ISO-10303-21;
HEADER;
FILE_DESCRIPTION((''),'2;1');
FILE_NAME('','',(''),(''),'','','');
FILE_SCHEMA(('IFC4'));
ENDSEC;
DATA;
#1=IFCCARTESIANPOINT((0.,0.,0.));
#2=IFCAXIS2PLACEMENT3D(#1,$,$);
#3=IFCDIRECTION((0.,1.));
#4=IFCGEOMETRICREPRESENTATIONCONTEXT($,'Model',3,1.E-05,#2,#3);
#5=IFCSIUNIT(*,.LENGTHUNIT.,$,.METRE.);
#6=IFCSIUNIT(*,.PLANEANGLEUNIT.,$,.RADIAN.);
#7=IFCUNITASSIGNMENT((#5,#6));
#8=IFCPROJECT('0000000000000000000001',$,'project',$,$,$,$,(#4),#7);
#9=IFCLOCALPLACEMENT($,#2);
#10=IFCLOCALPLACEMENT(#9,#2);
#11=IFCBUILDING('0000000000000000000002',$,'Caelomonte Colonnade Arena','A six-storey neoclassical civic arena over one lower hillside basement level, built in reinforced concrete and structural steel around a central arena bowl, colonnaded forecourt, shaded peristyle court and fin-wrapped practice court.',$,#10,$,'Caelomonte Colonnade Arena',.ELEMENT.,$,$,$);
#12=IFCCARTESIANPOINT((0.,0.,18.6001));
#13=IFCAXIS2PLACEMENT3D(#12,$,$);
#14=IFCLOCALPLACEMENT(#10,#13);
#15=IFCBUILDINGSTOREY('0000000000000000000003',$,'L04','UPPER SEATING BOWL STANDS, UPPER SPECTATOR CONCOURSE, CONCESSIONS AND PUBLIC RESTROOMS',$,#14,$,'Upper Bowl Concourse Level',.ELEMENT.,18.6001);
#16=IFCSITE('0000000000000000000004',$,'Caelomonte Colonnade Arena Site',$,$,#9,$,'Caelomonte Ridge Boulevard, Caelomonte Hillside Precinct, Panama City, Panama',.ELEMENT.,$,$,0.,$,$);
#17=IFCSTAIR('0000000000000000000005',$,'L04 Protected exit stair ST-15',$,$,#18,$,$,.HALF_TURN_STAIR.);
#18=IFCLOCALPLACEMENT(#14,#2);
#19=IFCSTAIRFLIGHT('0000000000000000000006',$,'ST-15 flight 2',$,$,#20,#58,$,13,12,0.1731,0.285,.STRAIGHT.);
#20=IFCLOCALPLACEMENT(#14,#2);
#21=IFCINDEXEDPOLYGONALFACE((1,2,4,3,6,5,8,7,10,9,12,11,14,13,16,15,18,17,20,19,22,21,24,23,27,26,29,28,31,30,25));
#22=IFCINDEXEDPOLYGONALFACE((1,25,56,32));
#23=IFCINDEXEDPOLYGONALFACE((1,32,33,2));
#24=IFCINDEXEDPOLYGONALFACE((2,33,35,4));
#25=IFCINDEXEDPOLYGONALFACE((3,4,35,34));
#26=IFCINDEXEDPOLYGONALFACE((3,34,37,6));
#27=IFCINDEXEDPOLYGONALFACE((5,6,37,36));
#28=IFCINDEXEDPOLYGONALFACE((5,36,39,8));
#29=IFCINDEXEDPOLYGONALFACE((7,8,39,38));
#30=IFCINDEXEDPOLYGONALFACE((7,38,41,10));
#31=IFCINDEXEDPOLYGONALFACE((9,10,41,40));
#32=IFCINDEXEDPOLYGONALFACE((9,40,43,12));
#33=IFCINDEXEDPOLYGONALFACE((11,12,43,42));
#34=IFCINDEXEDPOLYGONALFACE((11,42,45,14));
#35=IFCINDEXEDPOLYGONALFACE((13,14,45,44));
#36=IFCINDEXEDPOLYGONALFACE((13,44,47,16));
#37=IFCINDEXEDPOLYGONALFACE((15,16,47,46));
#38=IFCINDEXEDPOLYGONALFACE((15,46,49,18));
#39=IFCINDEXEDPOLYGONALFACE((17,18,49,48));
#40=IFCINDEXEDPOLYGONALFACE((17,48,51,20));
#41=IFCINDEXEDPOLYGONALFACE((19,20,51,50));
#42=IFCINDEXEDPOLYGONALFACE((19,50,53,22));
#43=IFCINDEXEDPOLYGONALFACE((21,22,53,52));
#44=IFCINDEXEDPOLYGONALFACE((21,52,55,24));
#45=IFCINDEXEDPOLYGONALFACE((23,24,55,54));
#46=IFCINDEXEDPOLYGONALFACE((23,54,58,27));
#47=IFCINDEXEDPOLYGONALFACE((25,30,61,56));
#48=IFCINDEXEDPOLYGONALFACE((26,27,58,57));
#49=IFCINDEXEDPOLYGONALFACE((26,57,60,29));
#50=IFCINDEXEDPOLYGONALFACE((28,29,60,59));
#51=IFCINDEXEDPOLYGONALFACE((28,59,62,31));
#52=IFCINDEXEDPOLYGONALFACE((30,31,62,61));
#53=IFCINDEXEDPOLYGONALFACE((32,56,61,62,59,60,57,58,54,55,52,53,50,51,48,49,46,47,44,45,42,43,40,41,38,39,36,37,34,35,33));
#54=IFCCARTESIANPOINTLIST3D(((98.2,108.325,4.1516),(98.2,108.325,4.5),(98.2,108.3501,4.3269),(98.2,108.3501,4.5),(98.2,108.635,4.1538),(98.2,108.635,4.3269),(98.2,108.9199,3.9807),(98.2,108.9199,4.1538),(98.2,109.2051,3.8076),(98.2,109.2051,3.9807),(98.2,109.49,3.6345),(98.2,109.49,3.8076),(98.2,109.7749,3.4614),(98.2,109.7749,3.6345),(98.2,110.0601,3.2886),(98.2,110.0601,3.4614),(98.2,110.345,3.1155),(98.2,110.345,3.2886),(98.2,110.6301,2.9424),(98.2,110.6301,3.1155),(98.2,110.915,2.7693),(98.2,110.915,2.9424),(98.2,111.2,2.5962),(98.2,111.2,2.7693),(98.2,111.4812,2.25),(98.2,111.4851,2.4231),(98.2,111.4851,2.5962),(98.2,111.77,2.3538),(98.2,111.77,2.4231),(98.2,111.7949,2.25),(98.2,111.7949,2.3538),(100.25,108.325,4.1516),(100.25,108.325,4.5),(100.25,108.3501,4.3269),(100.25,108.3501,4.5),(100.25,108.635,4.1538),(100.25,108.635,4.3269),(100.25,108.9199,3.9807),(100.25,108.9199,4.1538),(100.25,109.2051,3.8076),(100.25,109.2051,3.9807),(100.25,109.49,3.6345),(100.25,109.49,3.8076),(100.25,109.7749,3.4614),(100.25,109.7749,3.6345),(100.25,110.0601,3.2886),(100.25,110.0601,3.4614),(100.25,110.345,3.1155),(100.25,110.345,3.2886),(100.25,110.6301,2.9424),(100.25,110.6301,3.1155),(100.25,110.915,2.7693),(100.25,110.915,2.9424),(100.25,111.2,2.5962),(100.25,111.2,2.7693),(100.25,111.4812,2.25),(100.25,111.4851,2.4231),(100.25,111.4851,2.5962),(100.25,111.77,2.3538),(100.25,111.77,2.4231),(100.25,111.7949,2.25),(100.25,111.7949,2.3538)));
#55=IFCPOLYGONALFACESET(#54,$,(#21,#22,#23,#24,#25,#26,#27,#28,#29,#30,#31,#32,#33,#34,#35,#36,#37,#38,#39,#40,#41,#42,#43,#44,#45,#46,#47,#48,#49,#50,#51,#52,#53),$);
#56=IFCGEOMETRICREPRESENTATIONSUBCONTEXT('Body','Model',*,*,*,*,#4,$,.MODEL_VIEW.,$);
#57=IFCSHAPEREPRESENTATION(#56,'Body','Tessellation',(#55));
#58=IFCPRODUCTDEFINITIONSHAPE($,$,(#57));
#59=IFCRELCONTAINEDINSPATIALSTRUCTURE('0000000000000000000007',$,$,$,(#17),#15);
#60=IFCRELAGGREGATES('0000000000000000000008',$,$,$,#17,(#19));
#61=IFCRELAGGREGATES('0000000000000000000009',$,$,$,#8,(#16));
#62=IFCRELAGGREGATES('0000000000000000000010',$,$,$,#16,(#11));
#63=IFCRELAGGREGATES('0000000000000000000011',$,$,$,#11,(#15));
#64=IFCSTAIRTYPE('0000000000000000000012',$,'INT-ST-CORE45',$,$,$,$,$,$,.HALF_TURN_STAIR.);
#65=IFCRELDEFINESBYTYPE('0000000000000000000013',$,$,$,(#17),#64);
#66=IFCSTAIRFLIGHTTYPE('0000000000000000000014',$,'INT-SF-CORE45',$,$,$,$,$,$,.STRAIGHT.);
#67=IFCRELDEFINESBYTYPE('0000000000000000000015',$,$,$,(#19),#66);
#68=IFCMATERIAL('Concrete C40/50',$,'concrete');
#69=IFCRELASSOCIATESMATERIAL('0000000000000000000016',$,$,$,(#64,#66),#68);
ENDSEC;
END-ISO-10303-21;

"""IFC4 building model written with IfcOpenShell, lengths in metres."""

from ifc_helpers import new_model, si_unit, direction, frame, origin, place, context, subcontext, project, spatial, polyline, outline, extrude, material, type_object, element, aggregate, save


model = new_model("IFC4")

# Units and contexts
model_context = context("Model", 3, precision=1e-05, world=origin(), true_north=direction((0.0, 1.0)))
body_context = subcontext(model_context, "Body", "Model", "MODEL_VIEW")
ifc_project = project(units=[si_unit("LENGTHUNIT", "METRE"), si_unit("PLANEANGLEUNIT", "RADIAN")], contexts=[model_context])

# Site, building, storey
site_placement = place(None, origin())
site = spatial("IfcSite", under=ifc_project, at=site_placement, Name="Caelomonte Colonnade Arena Site", LongName="Caelomonte Ridge Boulevard, Caelomonte Hillside Precinct, Panama City, Panama", CompositionType="ELEMENT", RefElevation=0.0)
building_placement = place(site_placement, origin())
building = spatial("IfcBuilding", under=site, at=building_placement, Name="Caelomonte Colonnade Arena", Description="A six-storey neoclassical civic arena over one lower hillside basement level, built in reinforced concrete and structural steel around a central arena bowl, colonnaded forecourt, shaded peristyle court and fin-wrapped practice court.", LongName="Caelomonte Colonnade Arena", CompositionType="ELEMENT")
storey_placement = place(building_placement, frame((0.0, 0.0, 18.6001)))
storey = spatial("IfcBuildingStorey", under=building, at=storey_placement, Name="L04", Description="UPPER SEATING BOWL STANDS, UPPER SPECTATOR CONCOURSE, CONCESSIONS AND PUBLIC RESTROOMS", LongName="Upper Bowl Concourse Level", CompositionType="ELEMENT", Elevation=18.6001)

# Stair, stair flight
ifc_material_1 = material(Name="Concrete C40/50", Category="concrete")
stair_type = type_object("IfcStairType", Name="INT-ST-CORE45", PredefinedType="HALF_TURN_STAIR", material=ifc_material_1)
stair_placement = place(storey_placement, origin())
stair = element("IfcStair", 1, at=stair_placement, inside=storey, type_object=stair_type, Name="L04 Protected exit stair ST-15", PredefinedType="HALF_TURN_STAIR")
stair_flight_type = type_object("IfcStairFlightType", Name="INT-SF-CORE45", PredefinedType="STRAIGHT", material=ifc_material_1)
stair_flight_1_placement = place(storey_placement, frame((99.2251, 111.77, 2.25), z_axis=(0.0, 0.0, 1.0), x_axis=(0.0, -1.0, 0.0)))
stair_flight_1 = element("IfcStairFlight", 2, at=stair_flight_1_placement, type_object=stair_flight_type, Name="ST-15 flight 2", NumberOfRisers=13, NumberOfTreads=12, PredefinedType="STRAIGHT", RiserHeight=0.1731, TreadLength=0.285, context=body_context, shape_type="SweptSolid", body=[
    extrude(outline(polyline([(-0.0249, 0.0), (-0.0249, 0.1038), (0.0, 0.1038), (0.0, 0.1731), (0.2849, 0.1731), (0.2849, 0.3462), (0.5701, 0.3462), (0.5701, 0.5193), (0.855, 0.5193), (0.855, 0.6924), (1.1399, 0.6924), (1.1399, 0.8655), (1.425, 0.8655), (1.425, 1.0386), (1.71, 1.0386), (1.71, 1.2114), (1.9951, 1.2114), (1.9951, 1.3845), (2.28, 1.3845), (2.28, 1.5576), (2.5649, 1.5576), (2.5649, 1.7307), (2.8501, 1.7307), (2.8501, 1.9038), (3.135, 1.9038), (3.135, 2.0769), (3.4199, 2.0769), (3.4199, 2.25), (3.4451, 2.25), (3.4451, 1.9016), (0.2888, 0.0), (-0.0249, 0.0)])), frame((0.0, 1.0249, 0.0), z_axis=(0.0, -1.0, 0.0), x_axis=(1.0, 0.0, 0.0)), (0.0, 0.0, 1.0), 2.05),
])
aggregate(stair, [stair_flight_1])

save(model, "model.ifc")
